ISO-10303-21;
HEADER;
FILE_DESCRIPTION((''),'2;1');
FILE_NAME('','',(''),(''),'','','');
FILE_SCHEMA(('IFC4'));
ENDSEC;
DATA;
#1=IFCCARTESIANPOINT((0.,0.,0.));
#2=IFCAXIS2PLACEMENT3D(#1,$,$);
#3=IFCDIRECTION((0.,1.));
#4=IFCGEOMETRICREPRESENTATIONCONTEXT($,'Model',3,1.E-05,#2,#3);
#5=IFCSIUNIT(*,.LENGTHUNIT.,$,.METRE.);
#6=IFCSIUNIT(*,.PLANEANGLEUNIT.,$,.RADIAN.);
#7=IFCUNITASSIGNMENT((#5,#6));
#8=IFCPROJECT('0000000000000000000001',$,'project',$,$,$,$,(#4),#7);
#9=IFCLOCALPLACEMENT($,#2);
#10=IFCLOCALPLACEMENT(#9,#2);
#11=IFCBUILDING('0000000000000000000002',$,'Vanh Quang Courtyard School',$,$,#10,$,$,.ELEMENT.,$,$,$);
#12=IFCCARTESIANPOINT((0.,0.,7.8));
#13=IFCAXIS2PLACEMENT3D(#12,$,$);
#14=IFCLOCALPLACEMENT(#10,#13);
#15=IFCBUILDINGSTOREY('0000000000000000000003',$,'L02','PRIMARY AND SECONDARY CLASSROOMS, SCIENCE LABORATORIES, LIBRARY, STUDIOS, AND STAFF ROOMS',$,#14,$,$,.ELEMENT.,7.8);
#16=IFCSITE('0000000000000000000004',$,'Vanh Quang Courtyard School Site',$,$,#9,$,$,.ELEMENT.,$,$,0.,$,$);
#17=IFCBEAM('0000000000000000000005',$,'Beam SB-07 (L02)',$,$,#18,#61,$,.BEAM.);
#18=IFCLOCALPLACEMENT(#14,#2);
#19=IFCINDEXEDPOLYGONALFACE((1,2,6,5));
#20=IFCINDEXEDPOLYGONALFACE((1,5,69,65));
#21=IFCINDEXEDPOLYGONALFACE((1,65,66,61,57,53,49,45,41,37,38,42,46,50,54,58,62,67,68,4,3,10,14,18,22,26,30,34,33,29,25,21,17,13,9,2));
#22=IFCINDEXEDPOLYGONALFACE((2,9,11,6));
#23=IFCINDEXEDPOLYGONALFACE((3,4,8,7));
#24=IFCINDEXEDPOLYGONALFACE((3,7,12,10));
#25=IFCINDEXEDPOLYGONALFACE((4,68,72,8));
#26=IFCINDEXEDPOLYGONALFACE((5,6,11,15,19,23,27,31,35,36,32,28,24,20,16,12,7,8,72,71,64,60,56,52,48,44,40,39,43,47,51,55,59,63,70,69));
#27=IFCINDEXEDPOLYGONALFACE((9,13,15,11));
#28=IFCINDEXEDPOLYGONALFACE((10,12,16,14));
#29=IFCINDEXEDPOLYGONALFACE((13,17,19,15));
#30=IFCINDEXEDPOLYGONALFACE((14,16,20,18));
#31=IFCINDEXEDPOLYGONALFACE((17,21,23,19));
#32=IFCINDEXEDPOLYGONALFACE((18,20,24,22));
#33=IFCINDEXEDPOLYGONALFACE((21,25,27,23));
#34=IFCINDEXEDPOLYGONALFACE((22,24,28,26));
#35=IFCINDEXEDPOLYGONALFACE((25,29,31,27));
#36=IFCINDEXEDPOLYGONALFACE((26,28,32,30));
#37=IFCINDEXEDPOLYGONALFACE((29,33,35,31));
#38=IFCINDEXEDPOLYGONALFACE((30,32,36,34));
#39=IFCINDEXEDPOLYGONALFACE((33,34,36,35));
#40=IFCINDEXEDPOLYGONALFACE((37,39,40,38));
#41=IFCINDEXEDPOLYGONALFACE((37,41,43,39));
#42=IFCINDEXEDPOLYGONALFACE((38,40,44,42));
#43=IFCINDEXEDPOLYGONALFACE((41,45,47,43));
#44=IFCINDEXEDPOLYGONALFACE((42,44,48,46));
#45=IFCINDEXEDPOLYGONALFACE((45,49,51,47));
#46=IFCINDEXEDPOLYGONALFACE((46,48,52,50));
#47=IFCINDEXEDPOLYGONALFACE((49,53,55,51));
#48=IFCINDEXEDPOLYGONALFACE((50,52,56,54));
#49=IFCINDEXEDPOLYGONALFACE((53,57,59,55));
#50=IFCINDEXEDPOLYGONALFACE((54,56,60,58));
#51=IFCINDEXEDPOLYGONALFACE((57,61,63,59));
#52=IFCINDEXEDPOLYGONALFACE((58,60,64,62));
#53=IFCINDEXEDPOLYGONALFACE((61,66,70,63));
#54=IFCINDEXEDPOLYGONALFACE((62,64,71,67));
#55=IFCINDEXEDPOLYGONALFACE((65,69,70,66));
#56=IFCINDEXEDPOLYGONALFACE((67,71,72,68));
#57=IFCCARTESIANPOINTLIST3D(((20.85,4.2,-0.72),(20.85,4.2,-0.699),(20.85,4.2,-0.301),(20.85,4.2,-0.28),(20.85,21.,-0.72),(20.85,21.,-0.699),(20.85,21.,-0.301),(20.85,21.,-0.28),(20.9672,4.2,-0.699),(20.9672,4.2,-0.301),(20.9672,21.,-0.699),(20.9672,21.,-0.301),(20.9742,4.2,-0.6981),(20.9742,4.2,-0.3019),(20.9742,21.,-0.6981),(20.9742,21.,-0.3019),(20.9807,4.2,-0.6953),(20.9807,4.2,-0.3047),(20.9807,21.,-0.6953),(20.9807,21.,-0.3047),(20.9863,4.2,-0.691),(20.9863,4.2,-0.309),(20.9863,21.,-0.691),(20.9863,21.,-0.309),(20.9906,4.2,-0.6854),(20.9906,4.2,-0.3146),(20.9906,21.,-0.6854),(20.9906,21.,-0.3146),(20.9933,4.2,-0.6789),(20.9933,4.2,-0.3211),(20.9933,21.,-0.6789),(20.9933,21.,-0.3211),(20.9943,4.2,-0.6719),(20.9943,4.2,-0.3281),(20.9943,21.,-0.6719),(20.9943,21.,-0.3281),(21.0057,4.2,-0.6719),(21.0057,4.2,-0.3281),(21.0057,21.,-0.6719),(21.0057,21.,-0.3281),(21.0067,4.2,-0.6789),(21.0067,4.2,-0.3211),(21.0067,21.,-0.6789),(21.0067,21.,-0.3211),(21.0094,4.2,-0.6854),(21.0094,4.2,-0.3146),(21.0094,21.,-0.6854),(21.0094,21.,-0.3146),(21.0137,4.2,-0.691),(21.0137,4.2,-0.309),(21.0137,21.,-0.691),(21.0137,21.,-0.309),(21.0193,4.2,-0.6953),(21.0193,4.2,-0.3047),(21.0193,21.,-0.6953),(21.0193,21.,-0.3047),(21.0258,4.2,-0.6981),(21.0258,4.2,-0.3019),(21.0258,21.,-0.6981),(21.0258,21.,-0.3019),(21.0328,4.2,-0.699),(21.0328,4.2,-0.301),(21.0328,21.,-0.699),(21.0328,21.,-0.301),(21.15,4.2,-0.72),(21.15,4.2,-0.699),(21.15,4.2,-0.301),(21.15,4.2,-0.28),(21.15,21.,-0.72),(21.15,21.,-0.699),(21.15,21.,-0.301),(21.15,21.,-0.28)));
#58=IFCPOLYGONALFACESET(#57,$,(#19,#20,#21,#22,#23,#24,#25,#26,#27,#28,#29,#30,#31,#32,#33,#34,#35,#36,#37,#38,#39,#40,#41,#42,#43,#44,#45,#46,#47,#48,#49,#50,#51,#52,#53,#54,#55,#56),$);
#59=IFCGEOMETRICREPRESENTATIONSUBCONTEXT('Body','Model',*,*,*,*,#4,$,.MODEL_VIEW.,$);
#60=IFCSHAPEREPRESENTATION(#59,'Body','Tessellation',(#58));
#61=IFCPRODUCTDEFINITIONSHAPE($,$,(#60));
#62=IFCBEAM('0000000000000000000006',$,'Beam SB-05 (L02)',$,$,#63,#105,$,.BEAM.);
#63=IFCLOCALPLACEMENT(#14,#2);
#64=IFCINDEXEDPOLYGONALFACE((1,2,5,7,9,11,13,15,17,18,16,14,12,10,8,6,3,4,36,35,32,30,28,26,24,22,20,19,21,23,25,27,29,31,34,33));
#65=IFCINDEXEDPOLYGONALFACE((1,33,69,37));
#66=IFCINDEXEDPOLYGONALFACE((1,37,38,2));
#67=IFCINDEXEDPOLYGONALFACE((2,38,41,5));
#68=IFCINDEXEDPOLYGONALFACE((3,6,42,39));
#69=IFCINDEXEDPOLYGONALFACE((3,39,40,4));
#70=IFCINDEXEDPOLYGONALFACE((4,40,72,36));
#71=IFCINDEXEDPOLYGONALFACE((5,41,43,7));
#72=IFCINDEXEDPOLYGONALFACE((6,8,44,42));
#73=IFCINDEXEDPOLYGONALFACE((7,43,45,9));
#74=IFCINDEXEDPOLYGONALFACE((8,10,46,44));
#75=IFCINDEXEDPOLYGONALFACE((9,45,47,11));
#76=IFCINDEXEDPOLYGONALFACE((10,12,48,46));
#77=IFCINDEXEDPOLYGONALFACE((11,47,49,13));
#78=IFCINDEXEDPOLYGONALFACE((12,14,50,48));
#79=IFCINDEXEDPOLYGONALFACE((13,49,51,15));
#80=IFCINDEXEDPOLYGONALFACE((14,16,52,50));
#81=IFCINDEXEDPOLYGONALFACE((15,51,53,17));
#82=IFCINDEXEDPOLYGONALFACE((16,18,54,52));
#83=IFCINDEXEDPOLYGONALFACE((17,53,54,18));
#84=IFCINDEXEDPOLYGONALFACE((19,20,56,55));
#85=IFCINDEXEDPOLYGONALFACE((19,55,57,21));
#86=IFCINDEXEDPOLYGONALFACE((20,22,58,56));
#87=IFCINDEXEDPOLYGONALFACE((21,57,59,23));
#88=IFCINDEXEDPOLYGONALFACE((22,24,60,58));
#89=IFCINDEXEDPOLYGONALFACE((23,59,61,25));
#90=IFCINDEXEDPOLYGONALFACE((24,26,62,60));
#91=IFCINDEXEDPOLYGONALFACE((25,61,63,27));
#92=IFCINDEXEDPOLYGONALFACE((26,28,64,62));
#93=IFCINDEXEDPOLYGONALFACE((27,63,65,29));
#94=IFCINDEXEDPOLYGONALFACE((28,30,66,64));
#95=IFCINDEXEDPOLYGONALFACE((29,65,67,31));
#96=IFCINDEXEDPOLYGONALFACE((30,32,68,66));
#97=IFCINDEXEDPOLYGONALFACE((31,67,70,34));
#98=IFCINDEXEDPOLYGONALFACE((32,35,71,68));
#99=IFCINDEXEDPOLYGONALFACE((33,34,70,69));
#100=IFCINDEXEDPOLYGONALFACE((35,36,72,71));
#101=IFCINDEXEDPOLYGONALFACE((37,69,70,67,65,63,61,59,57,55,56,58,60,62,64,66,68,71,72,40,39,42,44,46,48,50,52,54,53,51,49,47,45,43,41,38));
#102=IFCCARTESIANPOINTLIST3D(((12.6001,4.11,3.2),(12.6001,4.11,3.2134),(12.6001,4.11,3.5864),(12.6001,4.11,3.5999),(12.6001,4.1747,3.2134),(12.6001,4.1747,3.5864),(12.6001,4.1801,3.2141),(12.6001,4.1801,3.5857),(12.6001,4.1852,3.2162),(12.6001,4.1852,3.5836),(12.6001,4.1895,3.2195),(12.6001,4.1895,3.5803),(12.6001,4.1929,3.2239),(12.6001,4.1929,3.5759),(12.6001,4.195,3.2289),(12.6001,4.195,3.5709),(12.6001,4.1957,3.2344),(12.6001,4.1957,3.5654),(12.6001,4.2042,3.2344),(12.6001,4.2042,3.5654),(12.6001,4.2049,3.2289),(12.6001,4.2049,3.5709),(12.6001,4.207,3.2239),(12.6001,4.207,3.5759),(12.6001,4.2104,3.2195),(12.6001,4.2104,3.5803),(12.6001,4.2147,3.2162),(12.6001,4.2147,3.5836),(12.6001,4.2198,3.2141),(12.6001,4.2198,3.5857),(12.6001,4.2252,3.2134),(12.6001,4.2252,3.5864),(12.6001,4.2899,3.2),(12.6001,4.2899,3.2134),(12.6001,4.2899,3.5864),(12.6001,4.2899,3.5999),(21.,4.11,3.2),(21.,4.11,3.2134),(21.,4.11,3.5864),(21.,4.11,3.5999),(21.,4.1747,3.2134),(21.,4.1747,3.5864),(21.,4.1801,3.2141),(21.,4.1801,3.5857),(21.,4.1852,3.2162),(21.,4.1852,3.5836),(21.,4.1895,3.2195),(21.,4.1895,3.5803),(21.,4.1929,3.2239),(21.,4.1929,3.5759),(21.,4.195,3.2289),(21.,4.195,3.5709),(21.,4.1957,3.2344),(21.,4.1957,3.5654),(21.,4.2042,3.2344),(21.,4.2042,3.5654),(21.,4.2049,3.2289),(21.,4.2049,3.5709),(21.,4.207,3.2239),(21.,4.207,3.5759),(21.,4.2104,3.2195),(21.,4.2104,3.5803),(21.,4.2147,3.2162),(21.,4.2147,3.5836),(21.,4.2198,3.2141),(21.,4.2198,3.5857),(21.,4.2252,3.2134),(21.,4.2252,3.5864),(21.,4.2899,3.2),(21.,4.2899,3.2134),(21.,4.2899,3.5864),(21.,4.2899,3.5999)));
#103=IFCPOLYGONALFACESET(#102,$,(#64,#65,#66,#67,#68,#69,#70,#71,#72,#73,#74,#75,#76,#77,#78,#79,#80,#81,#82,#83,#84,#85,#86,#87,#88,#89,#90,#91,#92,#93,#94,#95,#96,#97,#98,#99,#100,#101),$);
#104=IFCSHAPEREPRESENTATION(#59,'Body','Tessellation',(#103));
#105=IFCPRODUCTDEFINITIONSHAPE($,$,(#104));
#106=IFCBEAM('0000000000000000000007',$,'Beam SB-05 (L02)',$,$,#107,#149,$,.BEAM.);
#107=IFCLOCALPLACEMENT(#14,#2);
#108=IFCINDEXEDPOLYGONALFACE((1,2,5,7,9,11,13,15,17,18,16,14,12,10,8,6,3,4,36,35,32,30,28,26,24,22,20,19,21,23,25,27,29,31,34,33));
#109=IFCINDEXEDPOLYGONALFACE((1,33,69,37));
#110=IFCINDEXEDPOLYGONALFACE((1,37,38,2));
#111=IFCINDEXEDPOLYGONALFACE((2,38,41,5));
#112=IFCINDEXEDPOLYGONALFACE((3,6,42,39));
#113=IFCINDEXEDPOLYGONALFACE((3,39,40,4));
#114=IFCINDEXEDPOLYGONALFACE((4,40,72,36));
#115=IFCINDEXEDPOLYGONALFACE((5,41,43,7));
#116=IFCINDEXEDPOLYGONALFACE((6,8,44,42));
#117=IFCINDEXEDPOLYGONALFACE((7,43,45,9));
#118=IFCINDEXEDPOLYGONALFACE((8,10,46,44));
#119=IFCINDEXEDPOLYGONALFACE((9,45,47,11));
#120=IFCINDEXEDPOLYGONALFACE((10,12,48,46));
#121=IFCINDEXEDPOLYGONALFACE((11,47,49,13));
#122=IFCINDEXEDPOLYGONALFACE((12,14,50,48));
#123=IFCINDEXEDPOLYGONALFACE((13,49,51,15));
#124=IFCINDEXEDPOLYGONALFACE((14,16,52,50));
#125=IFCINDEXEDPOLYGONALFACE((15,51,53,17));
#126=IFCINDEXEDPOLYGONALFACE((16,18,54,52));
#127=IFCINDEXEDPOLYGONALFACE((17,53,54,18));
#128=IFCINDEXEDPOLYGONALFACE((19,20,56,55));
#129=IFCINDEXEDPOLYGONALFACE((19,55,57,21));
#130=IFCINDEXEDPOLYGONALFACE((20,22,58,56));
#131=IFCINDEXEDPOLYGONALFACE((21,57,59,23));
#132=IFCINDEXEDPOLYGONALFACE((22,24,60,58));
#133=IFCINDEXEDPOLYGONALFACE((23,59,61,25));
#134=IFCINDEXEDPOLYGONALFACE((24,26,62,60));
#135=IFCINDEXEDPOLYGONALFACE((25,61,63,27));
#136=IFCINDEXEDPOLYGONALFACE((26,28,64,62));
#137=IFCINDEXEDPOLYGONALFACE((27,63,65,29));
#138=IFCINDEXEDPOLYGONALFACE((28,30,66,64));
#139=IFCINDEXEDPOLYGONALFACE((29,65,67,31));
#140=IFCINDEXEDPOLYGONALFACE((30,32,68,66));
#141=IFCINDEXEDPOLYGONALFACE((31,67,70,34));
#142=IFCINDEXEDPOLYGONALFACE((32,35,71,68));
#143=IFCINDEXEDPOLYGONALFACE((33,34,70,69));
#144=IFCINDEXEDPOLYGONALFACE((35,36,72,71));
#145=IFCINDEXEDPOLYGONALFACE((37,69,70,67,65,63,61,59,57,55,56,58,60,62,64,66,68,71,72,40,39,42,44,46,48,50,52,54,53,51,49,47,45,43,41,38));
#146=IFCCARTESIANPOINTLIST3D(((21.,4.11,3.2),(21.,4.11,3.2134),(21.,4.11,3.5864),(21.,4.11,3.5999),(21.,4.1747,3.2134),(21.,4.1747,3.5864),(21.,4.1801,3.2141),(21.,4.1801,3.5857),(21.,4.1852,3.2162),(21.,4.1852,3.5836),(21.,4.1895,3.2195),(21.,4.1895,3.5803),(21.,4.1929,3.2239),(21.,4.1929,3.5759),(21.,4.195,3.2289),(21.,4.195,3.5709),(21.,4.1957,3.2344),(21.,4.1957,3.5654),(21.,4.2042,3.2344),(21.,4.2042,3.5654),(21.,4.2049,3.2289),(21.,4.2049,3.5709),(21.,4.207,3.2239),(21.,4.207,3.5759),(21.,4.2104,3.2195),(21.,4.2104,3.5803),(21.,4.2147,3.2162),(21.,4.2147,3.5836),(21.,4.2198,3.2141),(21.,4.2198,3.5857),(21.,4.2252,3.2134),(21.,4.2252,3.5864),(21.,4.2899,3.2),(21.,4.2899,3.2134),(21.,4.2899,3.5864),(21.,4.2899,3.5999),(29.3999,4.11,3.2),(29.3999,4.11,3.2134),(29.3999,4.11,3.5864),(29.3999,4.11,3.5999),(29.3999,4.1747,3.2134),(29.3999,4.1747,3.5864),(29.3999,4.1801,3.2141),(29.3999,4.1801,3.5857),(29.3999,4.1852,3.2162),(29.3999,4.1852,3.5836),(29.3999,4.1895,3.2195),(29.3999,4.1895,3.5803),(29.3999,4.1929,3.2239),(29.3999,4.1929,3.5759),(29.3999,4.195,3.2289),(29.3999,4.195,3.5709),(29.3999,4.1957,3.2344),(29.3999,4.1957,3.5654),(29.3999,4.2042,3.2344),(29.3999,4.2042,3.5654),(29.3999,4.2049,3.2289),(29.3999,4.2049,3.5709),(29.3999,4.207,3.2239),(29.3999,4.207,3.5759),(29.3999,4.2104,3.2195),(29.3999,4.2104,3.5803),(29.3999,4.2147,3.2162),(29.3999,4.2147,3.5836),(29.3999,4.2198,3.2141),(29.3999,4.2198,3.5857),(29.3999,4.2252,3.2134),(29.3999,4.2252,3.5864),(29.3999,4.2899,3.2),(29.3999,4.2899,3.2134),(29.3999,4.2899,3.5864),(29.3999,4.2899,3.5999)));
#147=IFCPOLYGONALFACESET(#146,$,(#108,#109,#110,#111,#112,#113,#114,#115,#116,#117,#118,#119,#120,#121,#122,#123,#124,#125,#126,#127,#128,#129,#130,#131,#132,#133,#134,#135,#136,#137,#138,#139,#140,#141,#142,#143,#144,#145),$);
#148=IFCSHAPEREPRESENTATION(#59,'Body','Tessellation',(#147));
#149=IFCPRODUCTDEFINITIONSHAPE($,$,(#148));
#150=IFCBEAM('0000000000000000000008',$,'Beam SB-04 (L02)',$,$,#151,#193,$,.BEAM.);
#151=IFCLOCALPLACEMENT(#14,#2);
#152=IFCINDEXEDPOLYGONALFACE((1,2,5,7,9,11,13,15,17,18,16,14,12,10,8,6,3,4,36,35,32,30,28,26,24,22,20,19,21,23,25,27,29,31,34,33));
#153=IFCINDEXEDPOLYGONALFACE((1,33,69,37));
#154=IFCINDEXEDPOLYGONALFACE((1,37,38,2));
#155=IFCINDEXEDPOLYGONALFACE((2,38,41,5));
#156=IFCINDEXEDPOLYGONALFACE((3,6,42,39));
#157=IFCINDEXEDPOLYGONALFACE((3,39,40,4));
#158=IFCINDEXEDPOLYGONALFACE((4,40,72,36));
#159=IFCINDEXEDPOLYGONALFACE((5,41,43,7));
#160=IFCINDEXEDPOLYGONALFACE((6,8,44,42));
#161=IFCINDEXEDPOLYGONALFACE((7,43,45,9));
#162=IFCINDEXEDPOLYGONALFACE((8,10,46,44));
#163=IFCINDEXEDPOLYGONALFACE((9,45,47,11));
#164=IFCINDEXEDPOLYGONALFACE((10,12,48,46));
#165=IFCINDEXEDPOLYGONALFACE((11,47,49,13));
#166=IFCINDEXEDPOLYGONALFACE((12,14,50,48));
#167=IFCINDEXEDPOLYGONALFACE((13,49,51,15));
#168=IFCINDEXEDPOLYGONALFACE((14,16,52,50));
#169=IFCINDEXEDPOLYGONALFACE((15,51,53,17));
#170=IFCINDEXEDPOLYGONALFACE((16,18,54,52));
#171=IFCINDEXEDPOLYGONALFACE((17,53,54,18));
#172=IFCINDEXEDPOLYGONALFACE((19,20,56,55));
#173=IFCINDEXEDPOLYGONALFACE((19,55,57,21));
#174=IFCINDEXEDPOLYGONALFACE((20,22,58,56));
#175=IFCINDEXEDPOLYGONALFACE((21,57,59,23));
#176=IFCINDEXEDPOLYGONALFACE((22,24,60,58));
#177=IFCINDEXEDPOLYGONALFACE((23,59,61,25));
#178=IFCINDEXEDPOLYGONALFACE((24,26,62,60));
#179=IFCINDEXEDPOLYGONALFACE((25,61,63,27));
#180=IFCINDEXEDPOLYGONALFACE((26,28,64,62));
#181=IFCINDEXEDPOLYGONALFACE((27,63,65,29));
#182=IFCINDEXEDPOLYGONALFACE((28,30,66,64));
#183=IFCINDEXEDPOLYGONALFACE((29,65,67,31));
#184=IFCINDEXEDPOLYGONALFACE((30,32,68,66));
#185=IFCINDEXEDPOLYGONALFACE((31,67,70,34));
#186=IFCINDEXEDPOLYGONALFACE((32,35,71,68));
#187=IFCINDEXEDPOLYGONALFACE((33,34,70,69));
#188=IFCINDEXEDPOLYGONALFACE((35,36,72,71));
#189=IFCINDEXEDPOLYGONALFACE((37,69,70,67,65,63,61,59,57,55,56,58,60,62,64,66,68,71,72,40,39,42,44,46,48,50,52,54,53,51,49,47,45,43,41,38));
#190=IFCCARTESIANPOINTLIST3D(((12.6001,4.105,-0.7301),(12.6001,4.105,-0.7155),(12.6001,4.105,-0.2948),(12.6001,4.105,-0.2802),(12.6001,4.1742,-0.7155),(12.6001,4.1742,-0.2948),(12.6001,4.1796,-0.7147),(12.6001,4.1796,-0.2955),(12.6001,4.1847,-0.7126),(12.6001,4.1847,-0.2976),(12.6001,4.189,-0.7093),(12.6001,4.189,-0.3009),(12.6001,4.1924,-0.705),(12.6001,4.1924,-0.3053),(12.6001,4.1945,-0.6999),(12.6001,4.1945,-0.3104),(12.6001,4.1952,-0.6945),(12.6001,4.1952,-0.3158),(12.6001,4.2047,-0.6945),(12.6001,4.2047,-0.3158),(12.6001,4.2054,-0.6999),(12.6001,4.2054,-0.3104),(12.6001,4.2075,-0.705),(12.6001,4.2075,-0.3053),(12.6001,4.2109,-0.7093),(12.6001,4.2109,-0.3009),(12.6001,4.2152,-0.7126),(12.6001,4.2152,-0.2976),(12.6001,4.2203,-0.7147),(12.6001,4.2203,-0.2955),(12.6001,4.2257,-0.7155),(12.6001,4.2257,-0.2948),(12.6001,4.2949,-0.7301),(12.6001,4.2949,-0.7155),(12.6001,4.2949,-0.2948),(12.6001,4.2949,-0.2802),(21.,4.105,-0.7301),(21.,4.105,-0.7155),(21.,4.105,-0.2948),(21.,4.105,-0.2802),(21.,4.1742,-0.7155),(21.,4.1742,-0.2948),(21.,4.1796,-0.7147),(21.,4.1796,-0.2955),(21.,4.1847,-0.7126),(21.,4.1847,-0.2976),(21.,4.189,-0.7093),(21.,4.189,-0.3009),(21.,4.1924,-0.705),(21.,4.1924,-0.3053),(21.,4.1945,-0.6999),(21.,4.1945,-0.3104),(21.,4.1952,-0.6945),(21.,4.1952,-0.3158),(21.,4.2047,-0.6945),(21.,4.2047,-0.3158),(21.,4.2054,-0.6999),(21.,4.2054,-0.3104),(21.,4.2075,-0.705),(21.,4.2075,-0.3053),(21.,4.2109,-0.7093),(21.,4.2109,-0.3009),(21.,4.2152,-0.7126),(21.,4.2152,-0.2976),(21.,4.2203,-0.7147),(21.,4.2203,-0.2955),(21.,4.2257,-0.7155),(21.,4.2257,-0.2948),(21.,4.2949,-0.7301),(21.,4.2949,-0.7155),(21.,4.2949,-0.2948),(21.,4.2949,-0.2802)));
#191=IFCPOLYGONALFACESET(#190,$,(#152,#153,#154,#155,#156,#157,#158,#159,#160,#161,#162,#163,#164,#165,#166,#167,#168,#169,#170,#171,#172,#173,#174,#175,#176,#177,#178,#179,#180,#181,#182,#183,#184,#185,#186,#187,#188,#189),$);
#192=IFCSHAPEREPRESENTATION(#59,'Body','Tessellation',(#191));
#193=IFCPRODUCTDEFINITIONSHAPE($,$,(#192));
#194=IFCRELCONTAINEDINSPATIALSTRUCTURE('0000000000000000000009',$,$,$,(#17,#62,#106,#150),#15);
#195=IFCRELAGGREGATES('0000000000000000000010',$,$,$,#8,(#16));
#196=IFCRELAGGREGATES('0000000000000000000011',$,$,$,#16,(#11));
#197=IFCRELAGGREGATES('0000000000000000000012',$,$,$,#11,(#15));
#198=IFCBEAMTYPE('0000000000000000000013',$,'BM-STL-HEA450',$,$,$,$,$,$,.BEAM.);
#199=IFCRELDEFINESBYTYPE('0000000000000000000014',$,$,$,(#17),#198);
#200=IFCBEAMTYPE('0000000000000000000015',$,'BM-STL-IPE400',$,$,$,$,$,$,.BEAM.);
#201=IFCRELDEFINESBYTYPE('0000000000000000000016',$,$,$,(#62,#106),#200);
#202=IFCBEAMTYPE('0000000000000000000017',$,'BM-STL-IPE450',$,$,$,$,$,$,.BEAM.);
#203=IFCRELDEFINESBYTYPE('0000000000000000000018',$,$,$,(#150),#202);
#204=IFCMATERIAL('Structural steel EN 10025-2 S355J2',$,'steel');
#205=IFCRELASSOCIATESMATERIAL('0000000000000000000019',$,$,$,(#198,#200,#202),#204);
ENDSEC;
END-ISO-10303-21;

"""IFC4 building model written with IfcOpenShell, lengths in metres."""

from ifc_helpers import new_model, si_unit, direction, frame, origin, origin_2d, place, context, subcontext, project, spatial, i_section, extrude, material, material_profile, profile_set, type_object, element, save


model = new_model("IFC4")

# Units and contexts
model_context = context("Model", 3, precision=1e-05, world=origin(), true_north=direction((0.0, 1.0)))
body_context = subcontext(model_context, "Body", "Model", "MODEL_VIEW")
ifc_project = project(units=[si_unit("LENGTHUNIT", "METRE"), si_unit("PLANEANGLEUNIT", "RADIAN")], contexts=[model_context])

# Site, building, storey
site_placement = place(None, origin())
site = spatial("IfcSite", under=ifc_project, at=site_placement, Name="Vanh Quang Courtyard School Site", CompositionType="ELEMENT", RefElevation=0.0)
building_placement = place(site_placement, origin())
building = spatial("IfcBuilding", under=site, at=building_placement, Name="Vanh Quang Courtyard School", CompositionType="ELEMENT")
storey_placement = place(building_placement, frame((0.0, 0.0, 7.8)))
storey = spatial("IfcBuildingStorey", under=building, at=storey_placement, Name="L02", Description="PRIMARY AND SECONDARY CLASSROOMS, SCIENCE LABORATORIES, LIBRARY, STUDIOS, AND STAFF ROOMS", CompositionType="ELEMENT", Elevation=7.8)

# Shared definitions
ifc_material_1 = material(Name="Structural steel EN 10025-2 S355J2", Category="steel")

# Beams
ifc_material_profile_1 = material_profile(ifc_material_1, i_section(OverallWidth=0.3, OverallDepth=0.4399, WebThickness=0.0115, FlangeThickness=0.021, FilletRadius=0.0271, at=origin_2d()), Name="HEA 450")
ifc_profile_set_1 = profile_set([ifc_material_profile_1], Name="Structural steel EN 10025-2 S355J2")
beam_type_1 = type_object("IfcBeamType", Name="BM-STL-HEA450", PredefinedType="BEAM", material=ifc_profile_set_1)
beam_1_placement = place(storey_placement, frame((21.0, 4.2, -0.5), z_axis=(0.0, 1.0, 0.0), x_axis=(-1.0, 0.0, 0.0)))
element("IfcBeam", 1, at=beam_1_placement, inside=storey, type_object=beam_type_1, Name="Beam SB-07 (L02)", PredefinedType="BEAM", context=body_context, shape_type="SweptSolid", body=[
    extrude(i_section(OverallWidth=0.3, OverallDepth=0.4399, WebThickness=0.0115, FlangeThickness=0.021, FilletRadius=0.0271, at=origin_2d()), origin(), (0.0, 0.0, 1.0), 16.8),
])
ifc_material_profile_2 = material_profile(ifc_material_1, i_section(OverallWidth=0.1799, OverallDepth=0.3999, WebThickness=0.0085, FlangeThickness=0.0134, FilletRadius=0.021, at=origin_2d()), Name="IPE 400")
ifc_profile_set_2 = profile_set([ifc_material_profile_2], Name="Structural steel EN 10025-2 S355J2")
beam_type_2 = type_object("IfcBeamType", Name="BM-STL-IPE400", PredefinedType="BEAM", material=ifc_profile_set_2)
for number, where, z_axis, x_axis, name in (
    (2, (12.6001, 4.2, 3.3999), (1.0, 0.0, 0.0), (0.0, 1.0, 0.0), "Beam SB-05 (L02)"),
    (3, (21.0, 4.2, 3.3999), (1.0, 0.0, 0.0), (0.0, 1.0, 0.0), "Beam SB-05 (L02)"),
):
    element("IfcBeam", number, at=place(storey_placement, frame(where, z_axis=z_axis, x_axis=x_axis)), inside=storey, type_object=beam_type_2, Name=name, PredefinedType="BEAM", context=body_context, shape_type="SweptSolid", body=[
        extrude(i_section(OverallWidth=0.1799, OverallDepth=0.3999, WebThickness=0.0085, FlangeThickness=0.0134, FilletRadius=0.021, at=origin_2d()), origin(), (0.0, 0.0, 1.0), 8.3999),
    ])
ifc_material_profile_3 = material_profile(ifc_material_1, i_section(OverallWidth=0.1899, OverallDepth=0.45, WebThickness=0.0095, FlangeThickness=0.0146, FilletRadius=0.021, at=origin_2d()), Name="IPE 450")
ifc_profile_set_3 = profile_set([ifc_material_profile_3], Name="Structural steel EN 10025-2 S355J2")
beam_type_3 = type_object("IfcBeamType", Name="BM-STL-IPE450", PredefinedType="BEAM", material=ifc_profile_set_3)
for number, where, z_axis, x_axis, name in (
    (4, (12.6001, 4.2, -0.5051), (1.0, 0.0, 0.0), (0.0, 1.0, 0.0), "Beam SB-04 (L02)"),
):
    element("IfcBeam", number, at=place(storey_placement, frame(where, z_axis=z_axis, x_axis=x_axis)), inside=storey, type_object=beam_type_3, Name=name, PredefinedType="BEAM", context=body_context, shape_type="SweptSolid", body=[
        extrude(i_section(OverallWidth=0.1899, OverallDepth=0.45, WebThickness=0.0095, FlangeThickness=0.0146, FilletRadius=0.021, at=origin_2d()), origin(), (0.0, 0.0, 1.0), 8.3999),
    ])

save(model, "model.ifc")
